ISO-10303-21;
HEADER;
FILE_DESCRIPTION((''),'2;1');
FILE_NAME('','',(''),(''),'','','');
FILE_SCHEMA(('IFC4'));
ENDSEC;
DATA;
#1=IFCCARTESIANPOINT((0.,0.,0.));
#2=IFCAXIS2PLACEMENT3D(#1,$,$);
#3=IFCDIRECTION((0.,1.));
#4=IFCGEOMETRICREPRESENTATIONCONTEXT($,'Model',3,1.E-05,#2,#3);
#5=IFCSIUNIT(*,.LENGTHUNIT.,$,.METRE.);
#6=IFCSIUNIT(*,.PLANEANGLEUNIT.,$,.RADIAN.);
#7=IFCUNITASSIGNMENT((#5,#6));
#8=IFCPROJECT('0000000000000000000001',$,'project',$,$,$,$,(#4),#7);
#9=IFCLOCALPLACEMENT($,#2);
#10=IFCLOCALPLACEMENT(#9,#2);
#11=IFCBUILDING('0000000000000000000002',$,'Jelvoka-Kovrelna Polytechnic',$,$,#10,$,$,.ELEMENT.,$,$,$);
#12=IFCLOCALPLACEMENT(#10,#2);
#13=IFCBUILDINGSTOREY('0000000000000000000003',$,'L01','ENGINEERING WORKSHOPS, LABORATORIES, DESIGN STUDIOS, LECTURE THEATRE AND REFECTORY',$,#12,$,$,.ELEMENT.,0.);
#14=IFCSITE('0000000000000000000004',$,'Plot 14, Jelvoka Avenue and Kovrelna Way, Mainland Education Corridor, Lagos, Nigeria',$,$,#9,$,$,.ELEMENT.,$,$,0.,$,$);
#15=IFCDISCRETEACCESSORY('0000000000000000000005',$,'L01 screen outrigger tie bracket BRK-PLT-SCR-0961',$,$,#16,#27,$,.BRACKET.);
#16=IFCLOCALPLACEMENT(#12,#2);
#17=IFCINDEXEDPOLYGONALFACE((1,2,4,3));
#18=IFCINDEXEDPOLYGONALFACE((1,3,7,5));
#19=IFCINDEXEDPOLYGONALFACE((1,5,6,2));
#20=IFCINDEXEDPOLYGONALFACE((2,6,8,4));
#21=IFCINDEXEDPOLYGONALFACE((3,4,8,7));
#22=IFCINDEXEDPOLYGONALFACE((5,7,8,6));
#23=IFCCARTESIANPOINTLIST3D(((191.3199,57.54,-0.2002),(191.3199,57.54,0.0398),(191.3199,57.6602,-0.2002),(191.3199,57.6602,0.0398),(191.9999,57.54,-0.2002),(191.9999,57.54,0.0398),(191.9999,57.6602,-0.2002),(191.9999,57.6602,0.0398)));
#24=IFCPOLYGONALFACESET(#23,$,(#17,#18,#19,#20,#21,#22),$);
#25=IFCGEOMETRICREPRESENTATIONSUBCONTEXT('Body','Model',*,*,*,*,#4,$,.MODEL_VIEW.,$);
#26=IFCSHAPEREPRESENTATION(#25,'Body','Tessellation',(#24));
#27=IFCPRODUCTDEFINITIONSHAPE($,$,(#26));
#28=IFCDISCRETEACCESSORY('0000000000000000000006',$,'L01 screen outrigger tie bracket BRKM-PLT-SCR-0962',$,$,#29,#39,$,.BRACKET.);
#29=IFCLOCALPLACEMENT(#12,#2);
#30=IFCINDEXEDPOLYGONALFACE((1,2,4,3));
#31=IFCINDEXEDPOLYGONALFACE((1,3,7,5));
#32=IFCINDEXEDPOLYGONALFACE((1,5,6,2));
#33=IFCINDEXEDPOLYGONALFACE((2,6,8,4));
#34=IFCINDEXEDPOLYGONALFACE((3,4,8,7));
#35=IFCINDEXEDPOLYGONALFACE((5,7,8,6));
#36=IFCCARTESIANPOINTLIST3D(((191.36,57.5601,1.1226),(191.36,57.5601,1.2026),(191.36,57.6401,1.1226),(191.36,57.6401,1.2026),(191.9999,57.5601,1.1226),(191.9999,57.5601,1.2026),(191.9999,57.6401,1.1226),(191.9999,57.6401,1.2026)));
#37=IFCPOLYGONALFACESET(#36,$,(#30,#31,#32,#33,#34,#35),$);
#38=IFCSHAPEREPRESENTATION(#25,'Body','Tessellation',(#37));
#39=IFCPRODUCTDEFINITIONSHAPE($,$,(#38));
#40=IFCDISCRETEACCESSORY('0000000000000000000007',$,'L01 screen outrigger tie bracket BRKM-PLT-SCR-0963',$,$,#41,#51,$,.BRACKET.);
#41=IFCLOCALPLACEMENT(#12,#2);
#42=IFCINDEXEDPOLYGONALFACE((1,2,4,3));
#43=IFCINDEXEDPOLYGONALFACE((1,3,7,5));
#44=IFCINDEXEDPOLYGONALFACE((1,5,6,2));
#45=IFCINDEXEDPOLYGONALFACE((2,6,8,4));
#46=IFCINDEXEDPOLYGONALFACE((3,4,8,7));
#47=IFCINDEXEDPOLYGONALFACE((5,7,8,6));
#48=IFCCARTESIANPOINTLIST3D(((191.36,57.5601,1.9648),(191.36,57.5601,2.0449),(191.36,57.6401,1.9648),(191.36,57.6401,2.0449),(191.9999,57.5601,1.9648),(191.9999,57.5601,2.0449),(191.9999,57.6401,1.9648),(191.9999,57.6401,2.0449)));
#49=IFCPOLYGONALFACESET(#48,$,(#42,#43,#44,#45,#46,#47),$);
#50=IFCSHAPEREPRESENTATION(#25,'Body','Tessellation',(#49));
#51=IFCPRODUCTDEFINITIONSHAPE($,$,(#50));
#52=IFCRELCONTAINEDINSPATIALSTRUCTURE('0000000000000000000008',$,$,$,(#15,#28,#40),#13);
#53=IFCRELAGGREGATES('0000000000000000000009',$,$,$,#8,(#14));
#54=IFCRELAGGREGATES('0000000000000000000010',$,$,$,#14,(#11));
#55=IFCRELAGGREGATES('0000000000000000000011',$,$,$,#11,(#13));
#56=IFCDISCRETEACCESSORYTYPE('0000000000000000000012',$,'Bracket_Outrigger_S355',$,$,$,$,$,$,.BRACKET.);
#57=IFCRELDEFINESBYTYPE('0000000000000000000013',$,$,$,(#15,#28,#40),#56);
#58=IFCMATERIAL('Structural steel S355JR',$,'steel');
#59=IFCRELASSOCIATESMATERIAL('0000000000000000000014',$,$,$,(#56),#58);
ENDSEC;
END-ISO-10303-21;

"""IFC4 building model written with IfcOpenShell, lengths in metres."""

from ifc_helpers import new_model, si_unit, direction, frame, origin, origin_2d, place, context, subcontext, project, spatial, rectangle, extrude, material, type_object, element, save


model = new_model("IFC4")

# Units and contexts
model_context = context("Model", 3, precision=1e-05, world=origin(), true_north=direction((0.0, 1.0)))
body_context = subcontext(model_context, "Body", "Model", "MODEL_VIEW")
ifc_project = project(units=[si_unit("LENGTHUNIT", "METRE"), si_unit("PLANEANGLEUNIT", "RADIAN")], contexts=[model_context])

# Site, building, storey
site_placement = place(None, origin())
site = spatial("IfcSite", under=ifc_project, at=site_placement, Name="Plot 14, Jelvoka Avenue and Kovrelna Way, Mainland Education Corridor, Lagos, Nigeria", CompositionType="ELEMENT", RefElevation=0.0)
building_placement = place(site_placement, origin())
building = spatial("IfcBuilding", under=site, at=building_placement, Name="Jelvoka-Kovrelna Polytechnic", CompositionType="ELEMENT")
storey_placement = place(building_placement, origin())
storey = spatial("IfcBuildingStorey", under=building, at=storey_placement, Name="L01", Description="ENGINEERING WORKSHOPS, LABORATORIES, DESIGN STUDIOS, LECTURE THEATRE AND REFECTORY", CompositionType="ELEMENT", Elevation=0.0)

# Discrete accessories
ifc_material_1 = material(Name="Structural steel S355JR", Category="steel")
discrete_accessory_type = type_object("IfcDiscreteAccessoryType", Name="Bracket_Outrigger_S355", PredefinedType="BRACKET", material=ifc_material_1)
discrete_accessory_1_placement = place(storey_placement, frame((191.6599, 57.6001, -0.2002), z_axis=(0.0, 0.0, 1.0), x_axis=(1.0, 0.0, 0.0)))
element("IfcDiscreteAccessory", 1, at=discrete_accessory_1_placement, inside=storey, type_object=discrete_accessory_type, Name="L01 screen outrigger tie bracket BRK-PLT-SCR-0961", PredefinedType="BRACKET", context=body_context, shape_type="SweptSolid", body=[
    extrude(rectangle(XDim=0.6799, YDim=0.1201, at=origin_2d()), origin(), (0.0, 0.0, 1.0), 0.24),
])
for number, where, z_axis, x_axis, name in (
    (2, (191.6799, 57.6001, 1.1226), (0.0, 0.0, 1.0), (1.0, 0.0, 0.0), "L01 screen outrigger tie bracket BRKM-PLT-SCR-0962"),
    (3, (191.6799, 57.6001, 1.9648), (0.0, 0.0, 1.0), (1.0, 0.0, 0.0), "L01 screen outrigger tie bracket BRKM-PLT-SCR-0963"),
):
    element("IfcDiscreteAccessory", number, at=place(storey_placement, frame(where, z_axis=z_axis, x_axis=x_axis)), inside=storey, type_object=discrete_accessory_type, Name=name, PredefinedType="BRACKET", context=body_context, shape_type="SweptSolid", body=[
        extrude(rectangle(XDim=0.6399, YDim=0.0801, at=origin_2d()), origin(), (0.0, 0.0, 1.0), 0.0801),
    ])

save(model, "model.ifc")
